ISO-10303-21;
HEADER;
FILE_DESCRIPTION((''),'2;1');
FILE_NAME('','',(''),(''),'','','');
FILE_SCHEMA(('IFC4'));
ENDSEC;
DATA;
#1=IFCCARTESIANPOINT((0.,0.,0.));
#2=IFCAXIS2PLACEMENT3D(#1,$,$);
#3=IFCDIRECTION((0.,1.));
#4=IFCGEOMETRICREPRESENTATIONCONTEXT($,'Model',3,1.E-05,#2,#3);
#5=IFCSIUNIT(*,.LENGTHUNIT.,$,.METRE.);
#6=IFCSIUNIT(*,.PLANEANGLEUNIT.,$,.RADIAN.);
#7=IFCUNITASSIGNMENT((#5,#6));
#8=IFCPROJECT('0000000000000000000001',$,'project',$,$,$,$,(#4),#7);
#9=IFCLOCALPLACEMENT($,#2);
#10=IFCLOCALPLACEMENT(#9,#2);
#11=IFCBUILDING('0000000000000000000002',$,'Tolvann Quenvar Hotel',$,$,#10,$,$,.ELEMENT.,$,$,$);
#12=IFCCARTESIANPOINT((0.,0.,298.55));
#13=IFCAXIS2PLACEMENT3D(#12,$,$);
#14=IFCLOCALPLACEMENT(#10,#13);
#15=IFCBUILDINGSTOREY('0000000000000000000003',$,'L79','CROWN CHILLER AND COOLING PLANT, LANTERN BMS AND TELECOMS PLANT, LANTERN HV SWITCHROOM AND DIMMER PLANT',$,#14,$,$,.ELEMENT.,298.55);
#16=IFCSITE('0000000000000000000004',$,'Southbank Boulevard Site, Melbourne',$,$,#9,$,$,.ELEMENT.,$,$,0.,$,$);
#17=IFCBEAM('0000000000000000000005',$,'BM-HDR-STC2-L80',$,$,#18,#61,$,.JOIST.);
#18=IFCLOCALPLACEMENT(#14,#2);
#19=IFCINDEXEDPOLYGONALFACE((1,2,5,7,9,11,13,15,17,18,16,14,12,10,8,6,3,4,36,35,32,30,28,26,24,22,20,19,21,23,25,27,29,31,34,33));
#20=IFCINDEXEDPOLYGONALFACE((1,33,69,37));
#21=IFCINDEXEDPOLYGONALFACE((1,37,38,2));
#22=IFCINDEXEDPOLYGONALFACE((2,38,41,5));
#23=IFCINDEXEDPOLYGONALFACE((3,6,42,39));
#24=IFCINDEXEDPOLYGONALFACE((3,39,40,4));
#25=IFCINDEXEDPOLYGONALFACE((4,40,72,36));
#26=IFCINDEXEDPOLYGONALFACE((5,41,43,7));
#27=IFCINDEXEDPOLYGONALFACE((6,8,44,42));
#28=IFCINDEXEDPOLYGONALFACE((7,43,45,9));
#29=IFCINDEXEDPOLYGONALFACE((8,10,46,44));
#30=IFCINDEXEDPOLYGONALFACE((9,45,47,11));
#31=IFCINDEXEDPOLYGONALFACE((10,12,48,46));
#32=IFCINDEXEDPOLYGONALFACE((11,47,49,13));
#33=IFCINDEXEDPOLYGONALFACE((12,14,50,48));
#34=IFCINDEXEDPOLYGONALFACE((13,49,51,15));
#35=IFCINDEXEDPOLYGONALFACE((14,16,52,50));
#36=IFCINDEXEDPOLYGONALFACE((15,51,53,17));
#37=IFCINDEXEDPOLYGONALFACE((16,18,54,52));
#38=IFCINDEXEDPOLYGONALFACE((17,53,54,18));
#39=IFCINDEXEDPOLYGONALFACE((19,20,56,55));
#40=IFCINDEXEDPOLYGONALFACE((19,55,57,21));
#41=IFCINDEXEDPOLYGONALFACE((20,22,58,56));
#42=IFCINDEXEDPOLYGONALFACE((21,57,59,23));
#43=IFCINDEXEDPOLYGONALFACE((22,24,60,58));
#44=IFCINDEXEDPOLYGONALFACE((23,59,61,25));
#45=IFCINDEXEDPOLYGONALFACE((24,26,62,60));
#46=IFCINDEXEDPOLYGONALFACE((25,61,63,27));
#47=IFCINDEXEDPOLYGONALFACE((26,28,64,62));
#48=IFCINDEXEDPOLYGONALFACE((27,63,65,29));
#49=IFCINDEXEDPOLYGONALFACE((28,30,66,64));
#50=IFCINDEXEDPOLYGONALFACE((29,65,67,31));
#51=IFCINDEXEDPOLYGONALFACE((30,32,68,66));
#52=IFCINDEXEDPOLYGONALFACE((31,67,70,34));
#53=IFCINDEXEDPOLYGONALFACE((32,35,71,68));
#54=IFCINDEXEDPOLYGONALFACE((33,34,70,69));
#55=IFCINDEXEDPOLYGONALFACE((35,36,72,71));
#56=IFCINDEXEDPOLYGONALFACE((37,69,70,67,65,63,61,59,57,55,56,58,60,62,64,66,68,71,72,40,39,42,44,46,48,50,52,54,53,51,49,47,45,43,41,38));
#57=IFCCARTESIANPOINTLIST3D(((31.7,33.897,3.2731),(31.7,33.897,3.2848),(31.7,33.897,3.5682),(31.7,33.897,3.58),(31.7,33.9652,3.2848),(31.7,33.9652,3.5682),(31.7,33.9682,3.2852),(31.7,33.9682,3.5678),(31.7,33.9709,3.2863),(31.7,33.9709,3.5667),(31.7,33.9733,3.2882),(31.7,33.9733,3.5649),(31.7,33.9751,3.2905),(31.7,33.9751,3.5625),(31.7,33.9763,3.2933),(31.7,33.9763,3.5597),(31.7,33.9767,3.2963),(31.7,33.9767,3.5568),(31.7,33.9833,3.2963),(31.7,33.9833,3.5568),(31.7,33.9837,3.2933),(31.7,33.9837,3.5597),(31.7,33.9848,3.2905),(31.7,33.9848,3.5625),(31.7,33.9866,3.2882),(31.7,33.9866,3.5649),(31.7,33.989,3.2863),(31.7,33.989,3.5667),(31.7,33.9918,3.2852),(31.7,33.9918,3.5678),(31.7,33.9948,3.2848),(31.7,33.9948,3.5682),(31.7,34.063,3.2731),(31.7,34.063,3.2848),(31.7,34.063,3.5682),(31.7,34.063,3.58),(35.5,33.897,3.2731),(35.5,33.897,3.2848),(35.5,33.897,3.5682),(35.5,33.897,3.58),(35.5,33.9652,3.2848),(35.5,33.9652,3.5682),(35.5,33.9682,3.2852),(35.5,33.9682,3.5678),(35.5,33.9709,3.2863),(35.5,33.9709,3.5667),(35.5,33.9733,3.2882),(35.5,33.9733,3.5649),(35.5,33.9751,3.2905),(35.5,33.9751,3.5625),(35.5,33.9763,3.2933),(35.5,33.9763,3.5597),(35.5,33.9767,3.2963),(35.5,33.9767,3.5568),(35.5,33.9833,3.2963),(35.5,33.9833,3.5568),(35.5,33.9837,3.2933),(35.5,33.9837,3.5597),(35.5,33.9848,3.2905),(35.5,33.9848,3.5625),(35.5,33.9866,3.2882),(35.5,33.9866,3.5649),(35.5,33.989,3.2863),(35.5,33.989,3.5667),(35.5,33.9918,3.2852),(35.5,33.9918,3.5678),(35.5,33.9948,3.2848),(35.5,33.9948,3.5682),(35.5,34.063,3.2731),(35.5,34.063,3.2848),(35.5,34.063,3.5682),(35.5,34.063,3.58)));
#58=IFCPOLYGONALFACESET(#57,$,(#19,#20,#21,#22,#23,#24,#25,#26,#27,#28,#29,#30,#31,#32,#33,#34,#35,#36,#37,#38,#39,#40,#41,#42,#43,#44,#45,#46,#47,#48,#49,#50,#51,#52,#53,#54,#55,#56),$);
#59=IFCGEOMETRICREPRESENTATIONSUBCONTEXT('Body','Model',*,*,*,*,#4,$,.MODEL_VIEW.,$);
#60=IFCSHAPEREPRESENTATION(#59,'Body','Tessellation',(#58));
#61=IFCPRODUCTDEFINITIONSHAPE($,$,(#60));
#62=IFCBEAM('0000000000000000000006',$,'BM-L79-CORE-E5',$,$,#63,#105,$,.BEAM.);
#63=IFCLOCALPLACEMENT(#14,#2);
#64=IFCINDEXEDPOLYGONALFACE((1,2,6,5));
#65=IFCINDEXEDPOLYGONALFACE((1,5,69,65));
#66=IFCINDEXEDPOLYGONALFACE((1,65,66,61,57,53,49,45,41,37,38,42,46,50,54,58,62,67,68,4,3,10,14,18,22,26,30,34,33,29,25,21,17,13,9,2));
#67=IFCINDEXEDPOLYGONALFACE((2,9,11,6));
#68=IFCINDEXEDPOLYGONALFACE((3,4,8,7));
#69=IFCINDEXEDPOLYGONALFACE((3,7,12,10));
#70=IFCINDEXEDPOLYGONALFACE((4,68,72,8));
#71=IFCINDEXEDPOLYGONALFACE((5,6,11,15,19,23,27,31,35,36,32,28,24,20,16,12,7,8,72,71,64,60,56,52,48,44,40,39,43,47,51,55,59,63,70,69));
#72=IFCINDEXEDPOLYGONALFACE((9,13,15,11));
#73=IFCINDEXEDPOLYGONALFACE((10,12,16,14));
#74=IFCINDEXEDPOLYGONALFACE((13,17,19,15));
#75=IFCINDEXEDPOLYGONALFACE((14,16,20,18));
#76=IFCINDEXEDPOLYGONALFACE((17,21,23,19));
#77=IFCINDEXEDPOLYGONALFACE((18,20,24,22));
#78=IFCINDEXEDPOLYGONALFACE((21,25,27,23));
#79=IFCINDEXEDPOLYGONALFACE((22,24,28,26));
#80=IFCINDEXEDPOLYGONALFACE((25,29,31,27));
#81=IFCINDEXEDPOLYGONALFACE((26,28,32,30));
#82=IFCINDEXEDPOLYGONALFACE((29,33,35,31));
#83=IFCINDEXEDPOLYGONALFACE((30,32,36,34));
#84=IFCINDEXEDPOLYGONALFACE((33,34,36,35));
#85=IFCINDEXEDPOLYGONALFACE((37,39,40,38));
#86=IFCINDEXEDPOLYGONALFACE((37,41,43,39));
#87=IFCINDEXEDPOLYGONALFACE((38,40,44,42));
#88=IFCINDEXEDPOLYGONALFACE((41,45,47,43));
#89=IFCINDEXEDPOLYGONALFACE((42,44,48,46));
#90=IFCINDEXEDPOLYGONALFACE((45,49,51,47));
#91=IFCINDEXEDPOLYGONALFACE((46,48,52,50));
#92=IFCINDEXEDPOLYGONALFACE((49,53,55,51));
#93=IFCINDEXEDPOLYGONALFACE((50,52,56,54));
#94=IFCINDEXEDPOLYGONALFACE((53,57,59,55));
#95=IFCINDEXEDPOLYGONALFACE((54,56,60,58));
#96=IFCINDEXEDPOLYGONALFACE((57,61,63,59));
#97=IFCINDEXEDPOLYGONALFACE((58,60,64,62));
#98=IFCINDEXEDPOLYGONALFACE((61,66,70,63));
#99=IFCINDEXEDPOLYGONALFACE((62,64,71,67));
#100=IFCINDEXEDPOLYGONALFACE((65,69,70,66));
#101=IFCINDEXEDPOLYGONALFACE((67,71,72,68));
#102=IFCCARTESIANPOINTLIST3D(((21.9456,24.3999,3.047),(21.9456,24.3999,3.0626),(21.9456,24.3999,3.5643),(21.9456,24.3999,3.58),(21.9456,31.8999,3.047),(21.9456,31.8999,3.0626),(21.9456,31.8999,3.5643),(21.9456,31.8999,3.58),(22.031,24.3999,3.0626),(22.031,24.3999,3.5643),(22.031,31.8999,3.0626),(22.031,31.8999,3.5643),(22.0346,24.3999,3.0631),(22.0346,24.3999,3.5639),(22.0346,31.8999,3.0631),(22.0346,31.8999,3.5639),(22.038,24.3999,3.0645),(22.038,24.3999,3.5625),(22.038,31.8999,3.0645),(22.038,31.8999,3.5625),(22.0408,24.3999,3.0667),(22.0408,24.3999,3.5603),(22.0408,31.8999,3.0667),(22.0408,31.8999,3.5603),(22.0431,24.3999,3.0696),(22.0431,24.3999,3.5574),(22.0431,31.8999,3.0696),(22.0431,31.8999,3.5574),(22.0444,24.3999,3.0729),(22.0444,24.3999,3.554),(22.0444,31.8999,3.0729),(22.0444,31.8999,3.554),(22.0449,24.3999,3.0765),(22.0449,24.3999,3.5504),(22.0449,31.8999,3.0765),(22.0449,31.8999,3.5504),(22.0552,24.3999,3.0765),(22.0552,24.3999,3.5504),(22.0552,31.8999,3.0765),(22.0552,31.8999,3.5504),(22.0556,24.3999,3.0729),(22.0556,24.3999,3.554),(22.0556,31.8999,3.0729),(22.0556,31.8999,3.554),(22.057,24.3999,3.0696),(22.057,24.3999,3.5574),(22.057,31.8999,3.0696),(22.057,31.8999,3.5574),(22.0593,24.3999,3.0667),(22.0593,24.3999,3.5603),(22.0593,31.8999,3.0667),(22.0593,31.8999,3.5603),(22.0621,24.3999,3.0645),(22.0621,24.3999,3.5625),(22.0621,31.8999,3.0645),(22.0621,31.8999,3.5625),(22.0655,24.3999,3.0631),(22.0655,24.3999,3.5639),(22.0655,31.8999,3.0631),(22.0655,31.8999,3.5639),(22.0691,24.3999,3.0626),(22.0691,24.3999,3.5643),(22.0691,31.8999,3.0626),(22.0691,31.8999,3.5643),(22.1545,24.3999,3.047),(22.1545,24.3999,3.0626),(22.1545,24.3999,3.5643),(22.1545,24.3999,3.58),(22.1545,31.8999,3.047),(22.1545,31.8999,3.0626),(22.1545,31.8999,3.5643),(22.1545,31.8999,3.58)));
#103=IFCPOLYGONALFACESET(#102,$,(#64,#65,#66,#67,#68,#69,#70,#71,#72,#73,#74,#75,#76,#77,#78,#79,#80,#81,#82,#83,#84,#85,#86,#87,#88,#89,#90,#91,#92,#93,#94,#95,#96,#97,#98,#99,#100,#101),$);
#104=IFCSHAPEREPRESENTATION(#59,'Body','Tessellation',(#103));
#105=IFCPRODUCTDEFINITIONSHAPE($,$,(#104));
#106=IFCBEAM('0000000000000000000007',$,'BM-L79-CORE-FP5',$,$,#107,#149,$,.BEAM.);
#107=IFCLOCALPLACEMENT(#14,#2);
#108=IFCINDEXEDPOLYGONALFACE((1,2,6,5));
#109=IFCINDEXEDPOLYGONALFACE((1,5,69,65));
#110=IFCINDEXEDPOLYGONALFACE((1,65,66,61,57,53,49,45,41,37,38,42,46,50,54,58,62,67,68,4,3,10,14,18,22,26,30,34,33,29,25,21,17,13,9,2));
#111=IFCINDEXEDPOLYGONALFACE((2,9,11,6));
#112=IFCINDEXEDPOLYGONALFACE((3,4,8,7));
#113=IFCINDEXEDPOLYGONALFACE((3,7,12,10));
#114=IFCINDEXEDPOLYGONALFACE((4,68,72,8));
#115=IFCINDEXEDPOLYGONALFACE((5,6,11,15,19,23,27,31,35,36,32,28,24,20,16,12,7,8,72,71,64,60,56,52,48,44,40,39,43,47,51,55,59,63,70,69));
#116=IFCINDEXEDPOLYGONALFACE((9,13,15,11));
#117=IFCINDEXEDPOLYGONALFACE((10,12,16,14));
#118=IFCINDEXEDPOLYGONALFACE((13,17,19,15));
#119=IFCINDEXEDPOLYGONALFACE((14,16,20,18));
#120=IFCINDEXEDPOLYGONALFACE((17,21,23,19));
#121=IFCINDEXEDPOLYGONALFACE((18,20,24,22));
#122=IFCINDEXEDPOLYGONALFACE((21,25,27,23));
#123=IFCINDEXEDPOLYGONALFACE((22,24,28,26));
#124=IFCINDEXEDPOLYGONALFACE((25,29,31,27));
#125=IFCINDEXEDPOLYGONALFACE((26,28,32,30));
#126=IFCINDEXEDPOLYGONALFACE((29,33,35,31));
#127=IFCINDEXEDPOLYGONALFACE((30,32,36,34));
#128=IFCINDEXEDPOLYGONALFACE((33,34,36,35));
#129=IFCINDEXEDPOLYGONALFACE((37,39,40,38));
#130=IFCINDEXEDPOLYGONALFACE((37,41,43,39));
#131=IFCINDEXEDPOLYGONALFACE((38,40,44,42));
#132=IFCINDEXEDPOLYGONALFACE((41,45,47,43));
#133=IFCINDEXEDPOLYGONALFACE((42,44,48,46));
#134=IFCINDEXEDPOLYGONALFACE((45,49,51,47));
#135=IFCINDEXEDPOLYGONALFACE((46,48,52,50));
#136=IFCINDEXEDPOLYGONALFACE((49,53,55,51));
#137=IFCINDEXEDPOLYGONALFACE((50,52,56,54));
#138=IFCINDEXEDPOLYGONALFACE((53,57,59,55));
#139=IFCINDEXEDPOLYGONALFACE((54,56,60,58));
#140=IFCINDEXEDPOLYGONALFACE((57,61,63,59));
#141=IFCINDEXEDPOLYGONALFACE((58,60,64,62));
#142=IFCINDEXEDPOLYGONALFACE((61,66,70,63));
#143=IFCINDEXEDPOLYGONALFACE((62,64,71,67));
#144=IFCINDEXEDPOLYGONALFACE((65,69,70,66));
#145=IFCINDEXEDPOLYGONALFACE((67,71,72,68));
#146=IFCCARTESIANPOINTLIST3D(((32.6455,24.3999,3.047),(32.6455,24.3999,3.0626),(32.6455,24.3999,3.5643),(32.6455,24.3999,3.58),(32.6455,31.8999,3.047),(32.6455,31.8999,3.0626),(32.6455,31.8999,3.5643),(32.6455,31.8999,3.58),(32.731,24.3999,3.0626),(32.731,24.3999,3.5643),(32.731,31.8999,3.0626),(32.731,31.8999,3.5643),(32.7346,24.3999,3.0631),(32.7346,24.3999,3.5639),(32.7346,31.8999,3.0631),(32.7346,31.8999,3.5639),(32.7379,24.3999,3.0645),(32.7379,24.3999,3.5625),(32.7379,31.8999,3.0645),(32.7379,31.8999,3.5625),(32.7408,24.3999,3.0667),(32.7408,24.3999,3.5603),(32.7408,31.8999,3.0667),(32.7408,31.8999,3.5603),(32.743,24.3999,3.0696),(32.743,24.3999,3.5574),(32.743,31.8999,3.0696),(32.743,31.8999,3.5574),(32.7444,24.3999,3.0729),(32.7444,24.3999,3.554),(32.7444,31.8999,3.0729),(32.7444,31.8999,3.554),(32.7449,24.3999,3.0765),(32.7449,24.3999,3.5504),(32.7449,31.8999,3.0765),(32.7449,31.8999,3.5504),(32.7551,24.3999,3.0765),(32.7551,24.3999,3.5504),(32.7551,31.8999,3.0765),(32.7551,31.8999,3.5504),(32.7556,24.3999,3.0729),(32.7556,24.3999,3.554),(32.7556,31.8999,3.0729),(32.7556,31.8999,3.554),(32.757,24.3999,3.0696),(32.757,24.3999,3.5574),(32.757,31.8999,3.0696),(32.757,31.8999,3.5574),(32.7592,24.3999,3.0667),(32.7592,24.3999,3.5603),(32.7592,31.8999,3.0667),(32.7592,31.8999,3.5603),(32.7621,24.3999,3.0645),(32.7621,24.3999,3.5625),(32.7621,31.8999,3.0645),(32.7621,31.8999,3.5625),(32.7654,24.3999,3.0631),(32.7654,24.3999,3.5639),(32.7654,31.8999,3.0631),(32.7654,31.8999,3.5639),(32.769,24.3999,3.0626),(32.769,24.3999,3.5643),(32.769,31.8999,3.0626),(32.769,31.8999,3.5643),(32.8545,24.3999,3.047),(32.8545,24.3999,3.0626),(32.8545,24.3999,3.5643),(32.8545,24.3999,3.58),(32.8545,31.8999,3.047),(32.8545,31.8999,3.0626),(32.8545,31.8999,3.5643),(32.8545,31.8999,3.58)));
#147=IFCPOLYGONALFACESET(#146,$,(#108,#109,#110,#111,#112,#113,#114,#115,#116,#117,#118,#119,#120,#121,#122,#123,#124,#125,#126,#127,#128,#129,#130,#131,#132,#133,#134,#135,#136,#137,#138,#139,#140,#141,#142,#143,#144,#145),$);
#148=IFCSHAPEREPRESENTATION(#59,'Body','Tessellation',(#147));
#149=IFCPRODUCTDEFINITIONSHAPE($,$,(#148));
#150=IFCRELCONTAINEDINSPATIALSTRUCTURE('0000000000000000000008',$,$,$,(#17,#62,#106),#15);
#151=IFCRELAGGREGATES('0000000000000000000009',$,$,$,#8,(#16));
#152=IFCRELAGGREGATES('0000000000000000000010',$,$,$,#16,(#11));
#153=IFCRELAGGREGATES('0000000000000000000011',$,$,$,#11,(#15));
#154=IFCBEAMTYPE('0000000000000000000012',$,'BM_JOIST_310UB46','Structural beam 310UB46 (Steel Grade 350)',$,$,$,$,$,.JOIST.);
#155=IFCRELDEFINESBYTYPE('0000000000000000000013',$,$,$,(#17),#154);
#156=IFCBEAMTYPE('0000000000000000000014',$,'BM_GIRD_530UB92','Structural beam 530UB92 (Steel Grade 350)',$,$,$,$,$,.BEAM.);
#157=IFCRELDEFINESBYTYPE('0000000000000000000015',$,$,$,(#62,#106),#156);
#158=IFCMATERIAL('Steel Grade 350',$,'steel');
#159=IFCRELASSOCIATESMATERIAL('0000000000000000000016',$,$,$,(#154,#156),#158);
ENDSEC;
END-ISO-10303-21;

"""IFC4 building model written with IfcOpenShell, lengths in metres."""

from ifc_helpers import new_model, si_unit, direction, frame, origin, origin_2d, place, context, subcontext, project, spatial, i_section, extrude, source, transform, mapped, material, material_profile, profile_set, type_object, type_shapes, element, save


model = new_model("IFC4")

# Units and contexts
model_context = context("Model", 3, precision=1e-05, world=origin(), true_north=direction((0.0, 1.0)))
body_context = subcontext(model_context, "Body", "Model", "MODEL_VIEW")
ifc_project = project(units=[si_unit("LENGTHUNIT", "METRE"), si_unit("PLANEANGLEUNIT", "RADIAN")], contexts=[model_context])

# Site, building, storey
site_placement = place(None, origin())
site = spatial("IfcSite", under=ifc_project, at=site_placement, Name="Southbank Boulevard Site, Melbourne", CompositionType="ELEMENT", RefElevation=0.0)
building_placement = place(site_placement, origin())
building = spatial("IfcBuilding", under=site, at=building_placement, Name="Tolvann Quenvar Hotel", CompositionType="ELEMENT")
storey_placement = place(building_placement, frame((0.0, 0.0, 298.55)))
storey = spatial("IfcBuildingStorey", under=building, at=storey_placement, Name="L79", Description="CROWN CHILLER AND COOLING PLANT, LANTERN BMS AND TELECOMS PLANT, LANTERN HV SWITCHROOM AND DIMMER PLANT", CompositionType="ELEMENT", Elevation=298.55)

# Beams
ifc_material_1 = material(Name="Steel Grade 350", Category="steel")
ifc_material_profile_1 = material_profile(ifc_material_1, i_section(OverallWidth=0.166, OverallDepth=0.3069, WebThickness=0.0066, FlangeThickness=0.0117, FilletRadius=0.0115, at=origin_2d()), Name="310UB46")
ifc_profile_set_1 = profile_set([ifc_material_profile_1], Name="Steel Grade 350")
beam_type_1 = type_object("IfcBeamType", Name="BM_JOIST_310UB46", Description="Structural beam 310UB46 (Steel Grade 350)", PredefinedType="JOIST", material=ifc_profile_set_1)
shared_shape_1 = source(origin(), body_context, "Body", "SweptSolid", [
    extrude(i_section(OverallWidth=0.166, OverallDepth=0.3069, WebThickness=0.0066, FlangeThickness=0.0117, FilletRadius=0.0115, at=origin_2d()), origin(), (0.0, 0.0, 1.0), 3.8),
])
type_shapes(beam_type_1, [shared_shape_1])
beam_1_placement = place(storey_placement, frame((31.7, 33.98, 3.4265), z_axis=(1.0, 0.0, 0.0), x_axis=(0.0, 1.0, 0.0)))
element("IfcBeam", 1, at=beam_1_placement, inside=storey, type_object=beam_type_1, Name="BM-HDR-STC2-L80", PredefinedType="JOIST", context=body_context, shape_type="MappedRepresentation", body=[
    mapped(shared_shape_1, transform((0.0, 0.0, 0.0), x_axis=(1.0, 0.0, 0.0), y_axis=(0.0, 1.0, 0.0), z_axis=(0.0, 0.0, 1.0), scale=1.0)),
])
ifc_material_profile_2 = material_profile(ifc_material_1, i_section(OverallWidth=0.209, OverallDepth=0.533, WebThickness=0.0103, FlangeThickness=0.0156, FilletRadius=0.0139, at=origin_2d()), Name="530UB92")
ifc_profile_set_2 = profile_set([ifc_material_profile_2], Name="Steel Grade 350")
beam_type_2 = type_object("IfcBeamType", Name="BM_GIRD_530UB92", Description="Structural beam 530UB92 (Steel Grade 350)", PredefinedType="BEAM", material=ifc_profile_set_2)
shared_shape_2 = source(origin(), body_context, "Body", "SweptSolid", [
    extrude(i_section(OverallWidth=0.209, OverallDepth=0.533, WebThickness=0.0103, FlangeThickness=0.0156, FilletRadius=0.0139, at=origin_2d()), origin(), (0.0, 0.0, 1.0), 7.5),
])
type_shapes(beam_type_2, [shared_shape_2])
for number, where, z_axis, x_axis, name in (
    (2, (22.05, 24.3999, 3.3135), (0.0, 1.0, 0.0), (-1.0, 0.0, 0.0), "BM-L79-CORE-E5"),
    (3, (32.75, 24.3999, 3.3135), (0.0, 1.0, 0.0), (-1.0, 0.0, 0.0), "BM-L79-CORE-FP5"),
):
    element("IfcBeam", number, at=place(storey_placement, frame(where, z_axis=z_axis, x_axis=x_axis)), inside=storey, type_object=beam_type_2, Name=name, PredefinedType="BEAM", context=body_context, shape_type="MappedRepresentation", body=[
        mapped(shared_shape_2, transform((0.0, 0.0, 0.0), x_axis=(1.0, 0.0, 0.0), y_axis=(0.0, 1.0, 0.0), z_axis=(0.0, 0.0, 1.0), scale=1.0)),
    ])

save(model, "model.ifc")
